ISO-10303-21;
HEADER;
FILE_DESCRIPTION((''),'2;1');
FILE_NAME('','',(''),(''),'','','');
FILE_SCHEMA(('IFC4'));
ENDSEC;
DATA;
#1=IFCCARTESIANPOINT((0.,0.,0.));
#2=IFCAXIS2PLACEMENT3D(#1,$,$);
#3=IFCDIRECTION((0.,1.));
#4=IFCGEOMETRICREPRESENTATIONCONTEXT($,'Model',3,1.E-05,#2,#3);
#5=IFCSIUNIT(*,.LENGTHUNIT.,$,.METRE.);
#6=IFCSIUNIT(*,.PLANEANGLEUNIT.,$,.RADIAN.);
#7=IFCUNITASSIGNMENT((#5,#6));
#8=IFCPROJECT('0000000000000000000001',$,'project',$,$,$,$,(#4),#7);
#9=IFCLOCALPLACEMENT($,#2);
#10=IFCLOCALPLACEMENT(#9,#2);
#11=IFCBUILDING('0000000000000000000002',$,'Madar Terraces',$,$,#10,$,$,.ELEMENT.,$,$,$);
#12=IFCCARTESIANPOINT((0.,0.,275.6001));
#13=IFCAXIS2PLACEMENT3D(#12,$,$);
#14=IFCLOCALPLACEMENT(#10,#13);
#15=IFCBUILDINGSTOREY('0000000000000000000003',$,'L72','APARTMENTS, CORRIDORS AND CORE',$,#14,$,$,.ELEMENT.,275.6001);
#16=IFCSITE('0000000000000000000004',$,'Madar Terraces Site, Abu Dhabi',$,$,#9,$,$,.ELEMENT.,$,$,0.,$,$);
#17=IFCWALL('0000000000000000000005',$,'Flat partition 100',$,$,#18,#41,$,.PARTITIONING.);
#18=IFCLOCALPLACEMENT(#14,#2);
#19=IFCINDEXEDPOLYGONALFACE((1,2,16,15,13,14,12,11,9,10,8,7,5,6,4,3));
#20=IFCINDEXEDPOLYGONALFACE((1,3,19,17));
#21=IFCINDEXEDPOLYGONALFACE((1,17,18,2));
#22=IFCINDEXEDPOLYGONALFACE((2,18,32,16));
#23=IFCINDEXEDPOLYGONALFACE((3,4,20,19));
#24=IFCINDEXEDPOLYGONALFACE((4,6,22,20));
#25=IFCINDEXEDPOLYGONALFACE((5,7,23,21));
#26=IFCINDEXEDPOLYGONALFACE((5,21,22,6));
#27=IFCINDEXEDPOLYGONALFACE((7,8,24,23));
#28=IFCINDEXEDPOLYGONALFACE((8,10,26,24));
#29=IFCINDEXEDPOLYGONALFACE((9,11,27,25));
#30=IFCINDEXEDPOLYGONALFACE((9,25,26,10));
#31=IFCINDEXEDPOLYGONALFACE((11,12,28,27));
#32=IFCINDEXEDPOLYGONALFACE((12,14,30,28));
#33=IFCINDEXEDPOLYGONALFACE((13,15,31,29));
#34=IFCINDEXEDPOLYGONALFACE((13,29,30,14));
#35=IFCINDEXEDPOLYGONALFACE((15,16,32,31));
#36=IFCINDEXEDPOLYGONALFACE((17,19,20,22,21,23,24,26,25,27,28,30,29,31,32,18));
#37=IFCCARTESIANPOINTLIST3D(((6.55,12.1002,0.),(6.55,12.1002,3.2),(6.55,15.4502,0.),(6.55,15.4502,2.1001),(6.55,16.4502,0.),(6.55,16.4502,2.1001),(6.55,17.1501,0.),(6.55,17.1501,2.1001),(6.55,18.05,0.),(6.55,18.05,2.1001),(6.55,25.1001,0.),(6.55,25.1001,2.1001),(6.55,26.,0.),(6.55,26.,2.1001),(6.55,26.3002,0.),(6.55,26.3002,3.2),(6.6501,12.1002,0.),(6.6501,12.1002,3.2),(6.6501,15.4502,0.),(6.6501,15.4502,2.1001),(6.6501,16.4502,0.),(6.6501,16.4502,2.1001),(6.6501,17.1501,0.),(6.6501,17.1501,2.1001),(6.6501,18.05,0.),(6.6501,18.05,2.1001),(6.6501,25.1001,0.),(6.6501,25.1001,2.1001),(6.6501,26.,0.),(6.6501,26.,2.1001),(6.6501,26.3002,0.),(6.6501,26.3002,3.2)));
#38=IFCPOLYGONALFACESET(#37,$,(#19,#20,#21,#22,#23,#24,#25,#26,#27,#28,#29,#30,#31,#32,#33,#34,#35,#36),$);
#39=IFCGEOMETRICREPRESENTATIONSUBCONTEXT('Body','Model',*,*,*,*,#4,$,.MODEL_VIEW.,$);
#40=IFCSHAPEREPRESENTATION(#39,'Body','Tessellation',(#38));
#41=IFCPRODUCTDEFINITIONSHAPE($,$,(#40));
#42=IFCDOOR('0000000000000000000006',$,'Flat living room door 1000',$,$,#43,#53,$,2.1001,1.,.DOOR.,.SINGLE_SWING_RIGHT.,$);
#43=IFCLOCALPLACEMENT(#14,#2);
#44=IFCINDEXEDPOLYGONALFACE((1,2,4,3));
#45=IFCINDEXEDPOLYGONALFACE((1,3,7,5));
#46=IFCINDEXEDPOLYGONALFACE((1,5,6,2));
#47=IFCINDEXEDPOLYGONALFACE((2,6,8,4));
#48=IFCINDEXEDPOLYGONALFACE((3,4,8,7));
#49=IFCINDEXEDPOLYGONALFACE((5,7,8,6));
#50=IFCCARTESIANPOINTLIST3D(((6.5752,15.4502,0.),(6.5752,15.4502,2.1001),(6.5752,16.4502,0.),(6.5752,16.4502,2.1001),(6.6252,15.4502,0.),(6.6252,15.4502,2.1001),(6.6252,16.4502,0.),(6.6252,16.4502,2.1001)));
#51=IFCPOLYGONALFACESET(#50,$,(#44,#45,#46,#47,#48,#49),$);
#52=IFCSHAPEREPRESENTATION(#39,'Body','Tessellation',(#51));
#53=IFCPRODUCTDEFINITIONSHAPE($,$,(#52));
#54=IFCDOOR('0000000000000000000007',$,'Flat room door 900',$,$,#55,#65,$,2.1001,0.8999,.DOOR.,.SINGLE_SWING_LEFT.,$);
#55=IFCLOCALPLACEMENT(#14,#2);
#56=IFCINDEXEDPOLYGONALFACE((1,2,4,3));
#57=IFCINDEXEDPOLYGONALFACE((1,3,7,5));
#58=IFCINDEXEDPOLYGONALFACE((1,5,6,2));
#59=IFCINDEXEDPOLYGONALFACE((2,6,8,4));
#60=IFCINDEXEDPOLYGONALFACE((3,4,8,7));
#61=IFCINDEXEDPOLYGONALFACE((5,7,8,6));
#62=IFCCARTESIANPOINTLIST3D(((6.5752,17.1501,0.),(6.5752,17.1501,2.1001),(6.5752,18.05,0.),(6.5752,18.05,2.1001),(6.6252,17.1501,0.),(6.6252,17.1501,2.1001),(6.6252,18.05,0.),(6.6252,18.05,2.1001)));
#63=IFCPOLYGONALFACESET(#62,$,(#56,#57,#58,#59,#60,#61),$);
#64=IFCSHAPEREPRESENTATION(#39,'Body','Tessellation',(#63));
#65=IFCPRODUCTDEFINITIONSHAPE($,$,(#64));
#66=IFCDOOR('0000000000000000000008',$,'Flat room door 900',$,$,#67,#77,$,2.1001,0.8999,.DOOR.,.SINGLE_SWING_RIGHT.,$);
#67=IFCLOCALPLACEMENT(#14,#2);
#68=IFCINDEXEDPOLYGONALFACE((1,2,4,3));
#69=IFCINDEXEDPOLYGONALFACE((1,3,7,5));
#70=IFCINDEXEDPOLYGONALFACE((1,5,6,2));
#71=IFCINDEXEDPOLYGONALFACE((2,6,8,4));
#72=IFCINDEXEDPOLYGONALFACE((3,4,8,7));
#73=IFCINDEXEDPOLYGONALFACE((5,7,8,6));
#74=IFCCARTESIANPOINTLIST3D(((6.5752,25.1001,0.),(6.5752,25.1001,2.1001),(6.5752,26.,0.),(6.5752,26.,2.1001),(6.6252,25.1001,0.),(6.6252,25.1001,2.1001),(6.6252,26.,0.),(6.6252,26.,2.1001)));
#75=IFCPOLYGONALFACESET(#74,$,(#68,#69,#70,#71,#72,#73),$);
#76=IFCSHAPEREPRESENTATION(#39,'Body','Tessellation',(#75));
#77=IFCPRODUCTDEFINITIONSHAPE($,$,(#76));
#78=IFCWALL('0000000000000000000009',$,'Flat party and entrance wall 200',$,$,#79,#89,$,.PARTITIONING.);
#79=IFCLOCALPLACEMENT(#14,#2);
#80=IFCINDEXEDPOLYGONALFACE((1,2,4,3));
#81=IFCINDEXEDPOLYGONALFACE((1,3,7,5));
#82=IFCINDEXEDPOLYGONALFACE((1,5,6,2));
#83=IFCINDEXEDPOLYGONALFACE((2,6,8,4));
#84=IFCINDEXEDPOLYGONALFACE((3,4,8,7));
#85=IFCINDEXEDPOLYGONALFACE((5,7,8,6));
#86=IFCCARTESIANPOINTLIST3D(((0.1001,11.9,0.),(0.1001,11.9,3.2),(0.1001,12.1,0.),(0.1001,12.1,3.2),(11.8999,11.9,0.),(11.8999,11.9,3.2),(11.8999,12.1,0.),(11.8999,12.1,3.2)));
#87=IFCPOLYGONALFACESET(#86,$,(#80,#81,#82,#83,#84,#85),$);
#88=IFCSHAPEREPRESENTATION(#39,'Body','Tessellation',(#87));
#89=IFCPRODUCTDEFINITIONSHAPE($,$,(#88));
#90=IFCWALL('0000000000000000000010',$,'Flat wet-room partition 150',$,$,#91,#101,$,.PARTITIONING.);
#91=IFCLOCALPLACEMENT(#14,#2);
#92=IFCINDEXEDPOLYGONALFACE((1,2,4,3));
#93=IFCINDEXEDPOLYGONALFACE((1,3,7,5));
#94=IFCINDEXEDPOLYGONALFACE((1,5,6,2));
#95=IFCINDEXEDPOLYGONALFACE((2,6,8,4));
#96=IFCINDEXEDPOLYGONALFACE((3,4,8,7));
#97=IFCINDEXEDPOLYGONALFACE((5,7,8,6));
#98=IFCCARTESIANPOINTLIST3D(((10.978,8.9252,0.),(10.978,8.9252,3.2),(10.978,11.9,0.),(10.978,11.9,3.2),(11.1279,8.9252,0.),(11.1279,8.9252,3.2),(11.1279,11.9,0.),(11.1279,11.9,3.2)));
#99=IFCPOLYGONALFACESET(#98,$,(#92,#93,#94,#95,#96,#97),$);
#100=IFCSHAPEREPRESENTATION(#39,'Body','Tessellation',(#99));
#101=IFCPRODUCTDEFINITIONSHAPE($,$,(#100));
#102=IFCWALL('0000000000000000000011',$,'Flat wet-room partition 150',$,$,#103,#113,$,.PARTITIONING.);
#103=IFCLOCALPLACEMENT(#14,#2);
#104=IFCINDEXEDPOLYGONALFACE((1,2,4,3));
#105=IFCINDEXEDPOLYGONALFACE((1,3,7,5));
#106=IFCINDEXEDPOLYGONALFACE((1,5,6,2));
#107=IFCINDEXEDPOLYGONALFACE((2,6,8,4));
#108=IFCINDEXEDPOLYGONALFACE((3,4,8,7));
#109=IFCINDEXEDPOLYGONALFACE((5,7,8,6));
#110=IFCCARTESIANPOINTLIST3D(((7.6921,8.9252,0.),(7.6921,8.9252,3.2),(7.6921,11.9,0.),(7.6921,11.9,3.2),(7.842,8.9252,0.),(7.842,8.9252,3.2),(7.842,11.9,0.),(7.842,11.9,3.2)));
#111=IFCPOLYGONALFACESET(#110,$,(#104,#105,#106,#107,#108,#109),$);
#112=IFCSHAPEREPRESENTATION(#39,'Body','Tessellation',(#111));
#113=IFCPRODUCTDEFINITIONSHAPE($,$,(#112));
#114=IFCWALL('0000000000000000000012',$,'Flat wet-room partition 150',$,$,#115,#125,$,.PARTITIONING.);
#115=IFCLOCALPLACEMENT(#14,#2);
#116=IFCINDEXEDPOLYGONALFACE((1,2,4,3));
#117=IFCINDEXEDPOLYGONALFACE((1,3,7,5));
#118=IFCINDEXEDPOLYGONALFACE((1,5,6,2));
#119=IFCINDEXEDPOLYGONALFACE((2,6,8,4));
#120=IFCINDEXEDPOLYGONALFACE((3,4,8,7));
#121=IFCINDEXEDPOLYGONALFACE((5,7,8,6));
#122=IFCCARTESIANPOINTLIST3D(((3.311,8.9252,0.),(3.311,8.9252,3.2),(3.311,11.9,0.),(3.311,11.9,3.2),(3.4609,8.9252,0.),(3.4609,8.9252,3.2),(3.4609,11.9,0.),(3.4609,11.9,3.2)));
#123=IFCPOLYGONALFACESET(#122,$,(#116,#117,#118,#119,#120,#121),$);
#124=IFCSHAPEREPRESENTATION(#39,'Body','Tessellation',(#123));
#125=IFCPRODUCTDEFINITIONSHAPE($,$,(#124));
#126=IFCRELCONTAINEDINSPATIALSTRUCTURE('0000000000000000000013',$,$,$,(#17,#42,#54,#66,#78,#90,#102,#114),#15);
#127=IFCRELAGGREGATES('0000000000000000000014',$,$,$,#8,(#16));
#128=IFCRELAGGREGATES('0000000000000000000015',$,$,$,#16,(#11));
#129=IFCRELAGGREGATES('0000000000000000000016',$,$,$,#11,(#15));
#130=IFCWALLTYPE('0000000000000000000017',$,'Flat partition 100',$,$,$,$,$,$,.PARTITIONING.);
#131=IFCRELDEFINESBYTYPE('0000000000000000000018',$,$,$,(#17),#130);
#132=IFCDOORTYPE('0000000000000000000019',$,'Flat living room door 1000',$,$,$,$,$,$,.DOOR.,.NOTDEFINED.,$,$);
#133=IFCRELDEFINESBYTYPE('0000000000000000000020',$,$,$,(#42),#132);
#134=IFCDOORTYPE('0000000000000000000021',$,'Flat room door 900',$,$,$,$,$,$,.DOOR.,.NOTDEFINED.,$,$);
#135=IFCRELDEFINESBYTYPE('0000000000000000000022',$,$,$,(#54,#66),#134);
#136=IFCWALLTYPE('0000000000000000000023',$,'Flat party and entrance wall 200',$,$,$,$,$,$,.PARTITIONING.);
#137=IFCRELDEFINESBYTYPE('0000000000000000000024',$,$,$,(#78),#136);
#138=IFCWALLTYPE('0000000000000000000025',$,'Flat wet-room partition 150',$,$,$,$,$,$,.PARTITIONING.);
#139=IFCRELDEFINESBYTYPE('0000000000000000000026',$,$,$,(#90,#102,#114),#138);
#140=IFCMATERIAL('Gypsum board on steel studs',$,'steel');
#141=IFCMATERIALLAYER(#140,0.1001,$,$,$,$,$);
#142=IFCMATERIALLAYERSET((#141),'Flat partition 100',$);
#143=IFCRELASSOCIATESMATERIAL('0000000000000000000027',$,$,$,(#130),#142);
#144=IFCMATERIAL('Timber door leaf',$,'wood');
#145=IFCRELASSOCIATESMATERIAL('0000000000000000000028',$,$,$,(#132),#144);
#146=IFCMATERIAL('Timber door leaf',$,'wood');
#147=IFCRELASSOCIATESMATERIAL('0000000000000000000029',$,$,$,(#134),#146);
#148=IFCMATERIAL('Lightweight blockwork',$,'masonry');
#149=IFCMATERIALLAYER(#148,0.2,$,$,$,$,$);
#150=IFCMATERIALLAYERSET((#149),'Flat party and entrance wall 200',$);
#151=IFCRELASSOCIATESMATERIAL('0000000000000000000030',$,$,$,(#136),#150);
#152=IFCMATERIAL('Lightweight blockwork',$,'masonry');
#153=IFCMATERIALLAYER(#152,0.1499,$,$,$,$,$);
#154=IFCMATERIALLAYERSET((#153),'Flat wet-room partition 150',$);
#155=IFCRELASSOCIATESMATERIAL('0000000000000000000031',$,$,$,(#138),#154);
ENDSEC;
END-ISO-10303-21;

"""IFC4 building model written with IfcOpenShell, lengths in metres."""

from ifc_helpers import new_model, si_unit, direction, frame, frame_2d, origin, place, context, subcontext, project, spatial, rectangle, extrude, material, layer, layer_set, type_object, element, fill, save


model = new_model("IFC4")

# Units and contexts
model_context = context("Model", 3, precision=1e-05, world=origin(), true_north=direction((0.0, 1.0)))
body_context = subcontext(model_context, "Body", "Model", "MODEL_VIEW")
ifc_project = project(units=[si_unit("LENGTHUNIT", "METRE"), si_unit("PLANEANGLEUNIT", "RADIAN")], contexts=[model_context])

# Site, building, storey
site_placement = place(None, origin())
site = spatial("IfcSite", under=ifc_project, at=site_placement, Name="Madar Terraces Site, Abu Dhabi", CompositionType="ELEMENT", RefElevation=0.0)
building_placement = place(site_placement, origin())
building = spatial("IfcBuilding", under=site, at=building_placement, Name="Madar Terraces", CompositionType="ELEMENT")
storey_placement = place(building_placement, frame((0.0, 0.0, 275.6001)))
storey = spatial("IfcBuildingStorey", under=building, at=storey_placement, Name="L72", Description="APARTMENTS, CORRIDORS AND CORE", CompositionType="ELEMENT", Elevation=275.6001)

# Shared definitions
ifc_material_1 = material(Name="Gypsum board on steel studs", Category="steel")
ifc_layer_1 = layer(ifc_material_1, 0.1001)
ifc_layer_set_1 = layer_set([ifc_layer_1], Name="Flat partition 100")
wall_type_1 = type_object("IfcWallType", Name="Flat partition 100", PredefinedType="PARTITIONING", material=ifc_layer_set_1)

# Wall, openings, doors
wall_1_placement = place(storey_placement, frame((6.6001, 12.1001, 0.0), z_axis=(0.0, 0.0, 1.0), x_axis=(0.0, 1.0, 0.0)))
wall_1 = element("IfcWall", 1, at=wall_1_placement, inside=storey, type_object=wall_type_1, Name="Flat partition 100", PredefinedType="PARTITIONING", context=body_context, shape_type="SweptSolid", body=[
    extrude(rectangle(XDim=14.2, YDim=0.1001, at=frame_2d((7.1001, 0.0))), origin(), (0.0, 0.0, 1.0), 3.2),
])
opening_1_placement = place(wall_1_placement, frame((3.3501, 0.0, 0.0)))
opening_1 = element("IfcOpeningElement", 2, at=opening_1_placement, cuts=wall_1, PredefinedType="OPENING", context=body_context, shape_type="SweptSolid", body=[
    extrude(rectangle(XDim=1.0, YDim=2.1001, at=frame_2d((0.5, 1.05))), frame((0.0, 0.0601, 0.0), z_axis=(0.0, -1.0, 0.0), x_axis=(1.0, 0.0, 0.0)), (0.0, 0.0, 1.0), 0.1201),
])
opening_2_placement = place(wall_1_placement, frame((5.05, 0.0, 0.0)))
opening_2 = element("IfcOpeningElement", 3, at=opening_2_placement, cuts=wall_1, PredefinedType="OPENING", context=body_context, shape_type="SweptSolid", body=[
    extrude(rectangle(XDim=0.8999, YDim=2.1001, at=frame_2d((0.45, 1.05))), frame((0.0, 0.0601, 0.0), z_axis=(0.0, -1.0, 0.0), x_axis=(1.0, 0.0, 0.0)), (0.0, 0.0, 1.0), 0.1201),
])
opening_3_placement = place(wall_1_placement, frame((13.0, 0.0, 0.0)))
opening_3 = element("IfcOpeningElement", 4, at=opening_3_placement, cuts=wall_1, PredefinedType="OPENING", context=body_context, shape_type="SweptSolid", body=[
    extrude(rectangle(XDim=0.8999, YDim=2.1001, at=frame_2d((0.45, 1.05))), frame((0.0, 0.0601, 0.0), z_axis=(0.0, -1.0, 0.0), x_axis=(1.0, 0.0, 0.0)), (0.0, 0.0, 1.0), 0.1201),
])
ifc_material_2 = material(Name="Timber door leaf", Category="wood")
door_type_1 = type_object("IfcDoorType", Name="Flat living room door 1000", OperationType="NOTDEFINED", PredefinedType="DOOR", material=ifc_material_2)
door_1_placement = place(opening_1_placement, origin())
door_1 = element("IfcDoor", 5, at=door_1_placement, inside=storey, type_object=door_type_1, Name="Flat living room door 1000", OperationType="SINGLE_SWING_RIGHT", OverallHeight=2.1001, OverallWidth=1.0, PredefinedType="DOOR", context=body_context, shape_type="SweptSolid", body=[
    extrude(rectangle(XDim=1.0, YDim=2.1001, at=frame_2d((0.5, 1.05))), frame((0.0, 0.0249, 0.0), z_axis=(0.0, -1.0, 0.0), x_axis=(1.0, 0.0, 0.0)), (0.0, 0.0, 1.0), 0.05),
])
fill(opening_1, door_1)
ifc_material_3 = material(Name="Timber door leaf", Category="wood")
door_type_2 = type_object("IfcDoorType", Name="Flat room door 900", OperationType="NOTDEFINED", PredefinedType="DOOR", material=ifc_material_3)
door_2_placement = place(opening_2_placement, origin())
door_2 = element("IfcDoor", 6, at=door_2_placement, inside=storey, type_object=door_type_2, Name="Flat room door 900", OperationType="SINGLE_SWING_LEFT", OverallHeight=2.1001, OverallWidth=0.8999, PredefinedType="DOOR", context=body_context, shape_type="SweptSolid", body=[
    extrude(rectangle(XDim=0.8999, YDim=2.1001, at=frame_2d((0.45, 1.05))), frame((0.0, 0.0249, 0.0), z_axis=(0.0, -1.0, 0.0), x_axis=(1.0, 0.0, 0.0)), (0.0, 0.0, 1.0), 0.05),
])
fill(opening_2, door_2)
door_3_placement = place(opening_3_placement, origin())
door_3 = element("IfcDoor", 7, at=door_3_placement, inside=storey, type_object=door_type_2, Name="Flat room door 900", OperationType="SINGLE_SWING_RIGHT", OverallHeight=2.1001, OverallWidth=0.8999, PredefinedType="DOOR", context=body_context, shape_type="SweptSolid", body=[
    extrude(rectangle(XDim=0.8999, YDim=2.1001, at=frame_2d((0.45, 1.05))), frame((0.0, 0.0249, 0.0), z_axis=(0.0, -1.0, 0.0), x_axis=(1.0, 0.0, 0.0)), (0.0, 0.0, 1.0), 0.05),
])
fill(opening_3, door_3)

# Walls
ifc_material_4 = material(Name="Lightweight blockwork", Category="masonry")
ifc_layer_2 = layer(ifc_material_4, 0.2)
ifc_layer_set_2 = layer_set([ifc_layer_2], Name="Flat party and entrance wall 200")
wall_type_2 = type_object("IfcWallType", Name="Flat party and entrance wall 200", PredefinedType="PARTITIONING", material=ifc_layer_set_2)
wall_2_placement = place(storey_placement, frame((0.1001, 12.0, 0.0), z_axis=(0.0, 0.0, 1.0), x_axis=(1.0, 0.0, 0.0)))
element("IfcWall", 8, at=wall_2_placement, inside=storey, type_object=wall_type_2, Name="Flat party and entrance wall 200", PredefinedType="PARTITIONING", context=body_context, shape_type="SweptSolid", body=[
    extrude(rectangle(XDim=11.7998, YDim=0.2, at=frame_2d((5.8999, 0.0))), origin(), (0.0, 0.0, 1.0), 3.2),
])
ifc_material_5 = material(Name="Lightweight blockwork", Category="masonry")
ifc_layer_3 = layer(ifc_material_5, 0.1499)
ifc_layer_set_3 = layer_set([ifc_layer_3], Name="Flat wet-room partition 150")
wall_type_3 = type_object("IfcWallType", Name="Flat wet-room partition 150", PredefinedType="PARTITIONING", material=ifc_layer_set_3)
for number, where, z_axis, x_axis, name in (
    (9, (11.053, 11.8999, 0.0), (0.0, 0.0, 1.0), (0.0, -1.0, 0.0), "Flat wet-room partition 150"),
    (10, (7.7671, 11.8999, 0.0), (0.0, 0.0, 1.0), (0.0, -1.0, 0.0), "Flat wet-room partition 150"),
    (11, (3.386, 11.8999, 0.0), (0.0, 0.0, 1.0), (0.0, -1.0, 0.0), "Flat wet-room partition 150"),
):
    element("IfcWall", number, at=place(storey_placement, frame(where, z_axis=z_axis, x_axis=x_axis)), inside=storey, type_object=wall_type_3, Name=name, PredefinedType="PARTITIONING", context=body_context, shape_type="SweptSolid", body=[
        extrude(rectangle(XDim=2.9749, YDim=0.1499, at=frame_2d((1.4873, 0.0))), origin(), (0.0, 0.0, 1.0), 3.2),
    ])

save(model, "model.ifc")
